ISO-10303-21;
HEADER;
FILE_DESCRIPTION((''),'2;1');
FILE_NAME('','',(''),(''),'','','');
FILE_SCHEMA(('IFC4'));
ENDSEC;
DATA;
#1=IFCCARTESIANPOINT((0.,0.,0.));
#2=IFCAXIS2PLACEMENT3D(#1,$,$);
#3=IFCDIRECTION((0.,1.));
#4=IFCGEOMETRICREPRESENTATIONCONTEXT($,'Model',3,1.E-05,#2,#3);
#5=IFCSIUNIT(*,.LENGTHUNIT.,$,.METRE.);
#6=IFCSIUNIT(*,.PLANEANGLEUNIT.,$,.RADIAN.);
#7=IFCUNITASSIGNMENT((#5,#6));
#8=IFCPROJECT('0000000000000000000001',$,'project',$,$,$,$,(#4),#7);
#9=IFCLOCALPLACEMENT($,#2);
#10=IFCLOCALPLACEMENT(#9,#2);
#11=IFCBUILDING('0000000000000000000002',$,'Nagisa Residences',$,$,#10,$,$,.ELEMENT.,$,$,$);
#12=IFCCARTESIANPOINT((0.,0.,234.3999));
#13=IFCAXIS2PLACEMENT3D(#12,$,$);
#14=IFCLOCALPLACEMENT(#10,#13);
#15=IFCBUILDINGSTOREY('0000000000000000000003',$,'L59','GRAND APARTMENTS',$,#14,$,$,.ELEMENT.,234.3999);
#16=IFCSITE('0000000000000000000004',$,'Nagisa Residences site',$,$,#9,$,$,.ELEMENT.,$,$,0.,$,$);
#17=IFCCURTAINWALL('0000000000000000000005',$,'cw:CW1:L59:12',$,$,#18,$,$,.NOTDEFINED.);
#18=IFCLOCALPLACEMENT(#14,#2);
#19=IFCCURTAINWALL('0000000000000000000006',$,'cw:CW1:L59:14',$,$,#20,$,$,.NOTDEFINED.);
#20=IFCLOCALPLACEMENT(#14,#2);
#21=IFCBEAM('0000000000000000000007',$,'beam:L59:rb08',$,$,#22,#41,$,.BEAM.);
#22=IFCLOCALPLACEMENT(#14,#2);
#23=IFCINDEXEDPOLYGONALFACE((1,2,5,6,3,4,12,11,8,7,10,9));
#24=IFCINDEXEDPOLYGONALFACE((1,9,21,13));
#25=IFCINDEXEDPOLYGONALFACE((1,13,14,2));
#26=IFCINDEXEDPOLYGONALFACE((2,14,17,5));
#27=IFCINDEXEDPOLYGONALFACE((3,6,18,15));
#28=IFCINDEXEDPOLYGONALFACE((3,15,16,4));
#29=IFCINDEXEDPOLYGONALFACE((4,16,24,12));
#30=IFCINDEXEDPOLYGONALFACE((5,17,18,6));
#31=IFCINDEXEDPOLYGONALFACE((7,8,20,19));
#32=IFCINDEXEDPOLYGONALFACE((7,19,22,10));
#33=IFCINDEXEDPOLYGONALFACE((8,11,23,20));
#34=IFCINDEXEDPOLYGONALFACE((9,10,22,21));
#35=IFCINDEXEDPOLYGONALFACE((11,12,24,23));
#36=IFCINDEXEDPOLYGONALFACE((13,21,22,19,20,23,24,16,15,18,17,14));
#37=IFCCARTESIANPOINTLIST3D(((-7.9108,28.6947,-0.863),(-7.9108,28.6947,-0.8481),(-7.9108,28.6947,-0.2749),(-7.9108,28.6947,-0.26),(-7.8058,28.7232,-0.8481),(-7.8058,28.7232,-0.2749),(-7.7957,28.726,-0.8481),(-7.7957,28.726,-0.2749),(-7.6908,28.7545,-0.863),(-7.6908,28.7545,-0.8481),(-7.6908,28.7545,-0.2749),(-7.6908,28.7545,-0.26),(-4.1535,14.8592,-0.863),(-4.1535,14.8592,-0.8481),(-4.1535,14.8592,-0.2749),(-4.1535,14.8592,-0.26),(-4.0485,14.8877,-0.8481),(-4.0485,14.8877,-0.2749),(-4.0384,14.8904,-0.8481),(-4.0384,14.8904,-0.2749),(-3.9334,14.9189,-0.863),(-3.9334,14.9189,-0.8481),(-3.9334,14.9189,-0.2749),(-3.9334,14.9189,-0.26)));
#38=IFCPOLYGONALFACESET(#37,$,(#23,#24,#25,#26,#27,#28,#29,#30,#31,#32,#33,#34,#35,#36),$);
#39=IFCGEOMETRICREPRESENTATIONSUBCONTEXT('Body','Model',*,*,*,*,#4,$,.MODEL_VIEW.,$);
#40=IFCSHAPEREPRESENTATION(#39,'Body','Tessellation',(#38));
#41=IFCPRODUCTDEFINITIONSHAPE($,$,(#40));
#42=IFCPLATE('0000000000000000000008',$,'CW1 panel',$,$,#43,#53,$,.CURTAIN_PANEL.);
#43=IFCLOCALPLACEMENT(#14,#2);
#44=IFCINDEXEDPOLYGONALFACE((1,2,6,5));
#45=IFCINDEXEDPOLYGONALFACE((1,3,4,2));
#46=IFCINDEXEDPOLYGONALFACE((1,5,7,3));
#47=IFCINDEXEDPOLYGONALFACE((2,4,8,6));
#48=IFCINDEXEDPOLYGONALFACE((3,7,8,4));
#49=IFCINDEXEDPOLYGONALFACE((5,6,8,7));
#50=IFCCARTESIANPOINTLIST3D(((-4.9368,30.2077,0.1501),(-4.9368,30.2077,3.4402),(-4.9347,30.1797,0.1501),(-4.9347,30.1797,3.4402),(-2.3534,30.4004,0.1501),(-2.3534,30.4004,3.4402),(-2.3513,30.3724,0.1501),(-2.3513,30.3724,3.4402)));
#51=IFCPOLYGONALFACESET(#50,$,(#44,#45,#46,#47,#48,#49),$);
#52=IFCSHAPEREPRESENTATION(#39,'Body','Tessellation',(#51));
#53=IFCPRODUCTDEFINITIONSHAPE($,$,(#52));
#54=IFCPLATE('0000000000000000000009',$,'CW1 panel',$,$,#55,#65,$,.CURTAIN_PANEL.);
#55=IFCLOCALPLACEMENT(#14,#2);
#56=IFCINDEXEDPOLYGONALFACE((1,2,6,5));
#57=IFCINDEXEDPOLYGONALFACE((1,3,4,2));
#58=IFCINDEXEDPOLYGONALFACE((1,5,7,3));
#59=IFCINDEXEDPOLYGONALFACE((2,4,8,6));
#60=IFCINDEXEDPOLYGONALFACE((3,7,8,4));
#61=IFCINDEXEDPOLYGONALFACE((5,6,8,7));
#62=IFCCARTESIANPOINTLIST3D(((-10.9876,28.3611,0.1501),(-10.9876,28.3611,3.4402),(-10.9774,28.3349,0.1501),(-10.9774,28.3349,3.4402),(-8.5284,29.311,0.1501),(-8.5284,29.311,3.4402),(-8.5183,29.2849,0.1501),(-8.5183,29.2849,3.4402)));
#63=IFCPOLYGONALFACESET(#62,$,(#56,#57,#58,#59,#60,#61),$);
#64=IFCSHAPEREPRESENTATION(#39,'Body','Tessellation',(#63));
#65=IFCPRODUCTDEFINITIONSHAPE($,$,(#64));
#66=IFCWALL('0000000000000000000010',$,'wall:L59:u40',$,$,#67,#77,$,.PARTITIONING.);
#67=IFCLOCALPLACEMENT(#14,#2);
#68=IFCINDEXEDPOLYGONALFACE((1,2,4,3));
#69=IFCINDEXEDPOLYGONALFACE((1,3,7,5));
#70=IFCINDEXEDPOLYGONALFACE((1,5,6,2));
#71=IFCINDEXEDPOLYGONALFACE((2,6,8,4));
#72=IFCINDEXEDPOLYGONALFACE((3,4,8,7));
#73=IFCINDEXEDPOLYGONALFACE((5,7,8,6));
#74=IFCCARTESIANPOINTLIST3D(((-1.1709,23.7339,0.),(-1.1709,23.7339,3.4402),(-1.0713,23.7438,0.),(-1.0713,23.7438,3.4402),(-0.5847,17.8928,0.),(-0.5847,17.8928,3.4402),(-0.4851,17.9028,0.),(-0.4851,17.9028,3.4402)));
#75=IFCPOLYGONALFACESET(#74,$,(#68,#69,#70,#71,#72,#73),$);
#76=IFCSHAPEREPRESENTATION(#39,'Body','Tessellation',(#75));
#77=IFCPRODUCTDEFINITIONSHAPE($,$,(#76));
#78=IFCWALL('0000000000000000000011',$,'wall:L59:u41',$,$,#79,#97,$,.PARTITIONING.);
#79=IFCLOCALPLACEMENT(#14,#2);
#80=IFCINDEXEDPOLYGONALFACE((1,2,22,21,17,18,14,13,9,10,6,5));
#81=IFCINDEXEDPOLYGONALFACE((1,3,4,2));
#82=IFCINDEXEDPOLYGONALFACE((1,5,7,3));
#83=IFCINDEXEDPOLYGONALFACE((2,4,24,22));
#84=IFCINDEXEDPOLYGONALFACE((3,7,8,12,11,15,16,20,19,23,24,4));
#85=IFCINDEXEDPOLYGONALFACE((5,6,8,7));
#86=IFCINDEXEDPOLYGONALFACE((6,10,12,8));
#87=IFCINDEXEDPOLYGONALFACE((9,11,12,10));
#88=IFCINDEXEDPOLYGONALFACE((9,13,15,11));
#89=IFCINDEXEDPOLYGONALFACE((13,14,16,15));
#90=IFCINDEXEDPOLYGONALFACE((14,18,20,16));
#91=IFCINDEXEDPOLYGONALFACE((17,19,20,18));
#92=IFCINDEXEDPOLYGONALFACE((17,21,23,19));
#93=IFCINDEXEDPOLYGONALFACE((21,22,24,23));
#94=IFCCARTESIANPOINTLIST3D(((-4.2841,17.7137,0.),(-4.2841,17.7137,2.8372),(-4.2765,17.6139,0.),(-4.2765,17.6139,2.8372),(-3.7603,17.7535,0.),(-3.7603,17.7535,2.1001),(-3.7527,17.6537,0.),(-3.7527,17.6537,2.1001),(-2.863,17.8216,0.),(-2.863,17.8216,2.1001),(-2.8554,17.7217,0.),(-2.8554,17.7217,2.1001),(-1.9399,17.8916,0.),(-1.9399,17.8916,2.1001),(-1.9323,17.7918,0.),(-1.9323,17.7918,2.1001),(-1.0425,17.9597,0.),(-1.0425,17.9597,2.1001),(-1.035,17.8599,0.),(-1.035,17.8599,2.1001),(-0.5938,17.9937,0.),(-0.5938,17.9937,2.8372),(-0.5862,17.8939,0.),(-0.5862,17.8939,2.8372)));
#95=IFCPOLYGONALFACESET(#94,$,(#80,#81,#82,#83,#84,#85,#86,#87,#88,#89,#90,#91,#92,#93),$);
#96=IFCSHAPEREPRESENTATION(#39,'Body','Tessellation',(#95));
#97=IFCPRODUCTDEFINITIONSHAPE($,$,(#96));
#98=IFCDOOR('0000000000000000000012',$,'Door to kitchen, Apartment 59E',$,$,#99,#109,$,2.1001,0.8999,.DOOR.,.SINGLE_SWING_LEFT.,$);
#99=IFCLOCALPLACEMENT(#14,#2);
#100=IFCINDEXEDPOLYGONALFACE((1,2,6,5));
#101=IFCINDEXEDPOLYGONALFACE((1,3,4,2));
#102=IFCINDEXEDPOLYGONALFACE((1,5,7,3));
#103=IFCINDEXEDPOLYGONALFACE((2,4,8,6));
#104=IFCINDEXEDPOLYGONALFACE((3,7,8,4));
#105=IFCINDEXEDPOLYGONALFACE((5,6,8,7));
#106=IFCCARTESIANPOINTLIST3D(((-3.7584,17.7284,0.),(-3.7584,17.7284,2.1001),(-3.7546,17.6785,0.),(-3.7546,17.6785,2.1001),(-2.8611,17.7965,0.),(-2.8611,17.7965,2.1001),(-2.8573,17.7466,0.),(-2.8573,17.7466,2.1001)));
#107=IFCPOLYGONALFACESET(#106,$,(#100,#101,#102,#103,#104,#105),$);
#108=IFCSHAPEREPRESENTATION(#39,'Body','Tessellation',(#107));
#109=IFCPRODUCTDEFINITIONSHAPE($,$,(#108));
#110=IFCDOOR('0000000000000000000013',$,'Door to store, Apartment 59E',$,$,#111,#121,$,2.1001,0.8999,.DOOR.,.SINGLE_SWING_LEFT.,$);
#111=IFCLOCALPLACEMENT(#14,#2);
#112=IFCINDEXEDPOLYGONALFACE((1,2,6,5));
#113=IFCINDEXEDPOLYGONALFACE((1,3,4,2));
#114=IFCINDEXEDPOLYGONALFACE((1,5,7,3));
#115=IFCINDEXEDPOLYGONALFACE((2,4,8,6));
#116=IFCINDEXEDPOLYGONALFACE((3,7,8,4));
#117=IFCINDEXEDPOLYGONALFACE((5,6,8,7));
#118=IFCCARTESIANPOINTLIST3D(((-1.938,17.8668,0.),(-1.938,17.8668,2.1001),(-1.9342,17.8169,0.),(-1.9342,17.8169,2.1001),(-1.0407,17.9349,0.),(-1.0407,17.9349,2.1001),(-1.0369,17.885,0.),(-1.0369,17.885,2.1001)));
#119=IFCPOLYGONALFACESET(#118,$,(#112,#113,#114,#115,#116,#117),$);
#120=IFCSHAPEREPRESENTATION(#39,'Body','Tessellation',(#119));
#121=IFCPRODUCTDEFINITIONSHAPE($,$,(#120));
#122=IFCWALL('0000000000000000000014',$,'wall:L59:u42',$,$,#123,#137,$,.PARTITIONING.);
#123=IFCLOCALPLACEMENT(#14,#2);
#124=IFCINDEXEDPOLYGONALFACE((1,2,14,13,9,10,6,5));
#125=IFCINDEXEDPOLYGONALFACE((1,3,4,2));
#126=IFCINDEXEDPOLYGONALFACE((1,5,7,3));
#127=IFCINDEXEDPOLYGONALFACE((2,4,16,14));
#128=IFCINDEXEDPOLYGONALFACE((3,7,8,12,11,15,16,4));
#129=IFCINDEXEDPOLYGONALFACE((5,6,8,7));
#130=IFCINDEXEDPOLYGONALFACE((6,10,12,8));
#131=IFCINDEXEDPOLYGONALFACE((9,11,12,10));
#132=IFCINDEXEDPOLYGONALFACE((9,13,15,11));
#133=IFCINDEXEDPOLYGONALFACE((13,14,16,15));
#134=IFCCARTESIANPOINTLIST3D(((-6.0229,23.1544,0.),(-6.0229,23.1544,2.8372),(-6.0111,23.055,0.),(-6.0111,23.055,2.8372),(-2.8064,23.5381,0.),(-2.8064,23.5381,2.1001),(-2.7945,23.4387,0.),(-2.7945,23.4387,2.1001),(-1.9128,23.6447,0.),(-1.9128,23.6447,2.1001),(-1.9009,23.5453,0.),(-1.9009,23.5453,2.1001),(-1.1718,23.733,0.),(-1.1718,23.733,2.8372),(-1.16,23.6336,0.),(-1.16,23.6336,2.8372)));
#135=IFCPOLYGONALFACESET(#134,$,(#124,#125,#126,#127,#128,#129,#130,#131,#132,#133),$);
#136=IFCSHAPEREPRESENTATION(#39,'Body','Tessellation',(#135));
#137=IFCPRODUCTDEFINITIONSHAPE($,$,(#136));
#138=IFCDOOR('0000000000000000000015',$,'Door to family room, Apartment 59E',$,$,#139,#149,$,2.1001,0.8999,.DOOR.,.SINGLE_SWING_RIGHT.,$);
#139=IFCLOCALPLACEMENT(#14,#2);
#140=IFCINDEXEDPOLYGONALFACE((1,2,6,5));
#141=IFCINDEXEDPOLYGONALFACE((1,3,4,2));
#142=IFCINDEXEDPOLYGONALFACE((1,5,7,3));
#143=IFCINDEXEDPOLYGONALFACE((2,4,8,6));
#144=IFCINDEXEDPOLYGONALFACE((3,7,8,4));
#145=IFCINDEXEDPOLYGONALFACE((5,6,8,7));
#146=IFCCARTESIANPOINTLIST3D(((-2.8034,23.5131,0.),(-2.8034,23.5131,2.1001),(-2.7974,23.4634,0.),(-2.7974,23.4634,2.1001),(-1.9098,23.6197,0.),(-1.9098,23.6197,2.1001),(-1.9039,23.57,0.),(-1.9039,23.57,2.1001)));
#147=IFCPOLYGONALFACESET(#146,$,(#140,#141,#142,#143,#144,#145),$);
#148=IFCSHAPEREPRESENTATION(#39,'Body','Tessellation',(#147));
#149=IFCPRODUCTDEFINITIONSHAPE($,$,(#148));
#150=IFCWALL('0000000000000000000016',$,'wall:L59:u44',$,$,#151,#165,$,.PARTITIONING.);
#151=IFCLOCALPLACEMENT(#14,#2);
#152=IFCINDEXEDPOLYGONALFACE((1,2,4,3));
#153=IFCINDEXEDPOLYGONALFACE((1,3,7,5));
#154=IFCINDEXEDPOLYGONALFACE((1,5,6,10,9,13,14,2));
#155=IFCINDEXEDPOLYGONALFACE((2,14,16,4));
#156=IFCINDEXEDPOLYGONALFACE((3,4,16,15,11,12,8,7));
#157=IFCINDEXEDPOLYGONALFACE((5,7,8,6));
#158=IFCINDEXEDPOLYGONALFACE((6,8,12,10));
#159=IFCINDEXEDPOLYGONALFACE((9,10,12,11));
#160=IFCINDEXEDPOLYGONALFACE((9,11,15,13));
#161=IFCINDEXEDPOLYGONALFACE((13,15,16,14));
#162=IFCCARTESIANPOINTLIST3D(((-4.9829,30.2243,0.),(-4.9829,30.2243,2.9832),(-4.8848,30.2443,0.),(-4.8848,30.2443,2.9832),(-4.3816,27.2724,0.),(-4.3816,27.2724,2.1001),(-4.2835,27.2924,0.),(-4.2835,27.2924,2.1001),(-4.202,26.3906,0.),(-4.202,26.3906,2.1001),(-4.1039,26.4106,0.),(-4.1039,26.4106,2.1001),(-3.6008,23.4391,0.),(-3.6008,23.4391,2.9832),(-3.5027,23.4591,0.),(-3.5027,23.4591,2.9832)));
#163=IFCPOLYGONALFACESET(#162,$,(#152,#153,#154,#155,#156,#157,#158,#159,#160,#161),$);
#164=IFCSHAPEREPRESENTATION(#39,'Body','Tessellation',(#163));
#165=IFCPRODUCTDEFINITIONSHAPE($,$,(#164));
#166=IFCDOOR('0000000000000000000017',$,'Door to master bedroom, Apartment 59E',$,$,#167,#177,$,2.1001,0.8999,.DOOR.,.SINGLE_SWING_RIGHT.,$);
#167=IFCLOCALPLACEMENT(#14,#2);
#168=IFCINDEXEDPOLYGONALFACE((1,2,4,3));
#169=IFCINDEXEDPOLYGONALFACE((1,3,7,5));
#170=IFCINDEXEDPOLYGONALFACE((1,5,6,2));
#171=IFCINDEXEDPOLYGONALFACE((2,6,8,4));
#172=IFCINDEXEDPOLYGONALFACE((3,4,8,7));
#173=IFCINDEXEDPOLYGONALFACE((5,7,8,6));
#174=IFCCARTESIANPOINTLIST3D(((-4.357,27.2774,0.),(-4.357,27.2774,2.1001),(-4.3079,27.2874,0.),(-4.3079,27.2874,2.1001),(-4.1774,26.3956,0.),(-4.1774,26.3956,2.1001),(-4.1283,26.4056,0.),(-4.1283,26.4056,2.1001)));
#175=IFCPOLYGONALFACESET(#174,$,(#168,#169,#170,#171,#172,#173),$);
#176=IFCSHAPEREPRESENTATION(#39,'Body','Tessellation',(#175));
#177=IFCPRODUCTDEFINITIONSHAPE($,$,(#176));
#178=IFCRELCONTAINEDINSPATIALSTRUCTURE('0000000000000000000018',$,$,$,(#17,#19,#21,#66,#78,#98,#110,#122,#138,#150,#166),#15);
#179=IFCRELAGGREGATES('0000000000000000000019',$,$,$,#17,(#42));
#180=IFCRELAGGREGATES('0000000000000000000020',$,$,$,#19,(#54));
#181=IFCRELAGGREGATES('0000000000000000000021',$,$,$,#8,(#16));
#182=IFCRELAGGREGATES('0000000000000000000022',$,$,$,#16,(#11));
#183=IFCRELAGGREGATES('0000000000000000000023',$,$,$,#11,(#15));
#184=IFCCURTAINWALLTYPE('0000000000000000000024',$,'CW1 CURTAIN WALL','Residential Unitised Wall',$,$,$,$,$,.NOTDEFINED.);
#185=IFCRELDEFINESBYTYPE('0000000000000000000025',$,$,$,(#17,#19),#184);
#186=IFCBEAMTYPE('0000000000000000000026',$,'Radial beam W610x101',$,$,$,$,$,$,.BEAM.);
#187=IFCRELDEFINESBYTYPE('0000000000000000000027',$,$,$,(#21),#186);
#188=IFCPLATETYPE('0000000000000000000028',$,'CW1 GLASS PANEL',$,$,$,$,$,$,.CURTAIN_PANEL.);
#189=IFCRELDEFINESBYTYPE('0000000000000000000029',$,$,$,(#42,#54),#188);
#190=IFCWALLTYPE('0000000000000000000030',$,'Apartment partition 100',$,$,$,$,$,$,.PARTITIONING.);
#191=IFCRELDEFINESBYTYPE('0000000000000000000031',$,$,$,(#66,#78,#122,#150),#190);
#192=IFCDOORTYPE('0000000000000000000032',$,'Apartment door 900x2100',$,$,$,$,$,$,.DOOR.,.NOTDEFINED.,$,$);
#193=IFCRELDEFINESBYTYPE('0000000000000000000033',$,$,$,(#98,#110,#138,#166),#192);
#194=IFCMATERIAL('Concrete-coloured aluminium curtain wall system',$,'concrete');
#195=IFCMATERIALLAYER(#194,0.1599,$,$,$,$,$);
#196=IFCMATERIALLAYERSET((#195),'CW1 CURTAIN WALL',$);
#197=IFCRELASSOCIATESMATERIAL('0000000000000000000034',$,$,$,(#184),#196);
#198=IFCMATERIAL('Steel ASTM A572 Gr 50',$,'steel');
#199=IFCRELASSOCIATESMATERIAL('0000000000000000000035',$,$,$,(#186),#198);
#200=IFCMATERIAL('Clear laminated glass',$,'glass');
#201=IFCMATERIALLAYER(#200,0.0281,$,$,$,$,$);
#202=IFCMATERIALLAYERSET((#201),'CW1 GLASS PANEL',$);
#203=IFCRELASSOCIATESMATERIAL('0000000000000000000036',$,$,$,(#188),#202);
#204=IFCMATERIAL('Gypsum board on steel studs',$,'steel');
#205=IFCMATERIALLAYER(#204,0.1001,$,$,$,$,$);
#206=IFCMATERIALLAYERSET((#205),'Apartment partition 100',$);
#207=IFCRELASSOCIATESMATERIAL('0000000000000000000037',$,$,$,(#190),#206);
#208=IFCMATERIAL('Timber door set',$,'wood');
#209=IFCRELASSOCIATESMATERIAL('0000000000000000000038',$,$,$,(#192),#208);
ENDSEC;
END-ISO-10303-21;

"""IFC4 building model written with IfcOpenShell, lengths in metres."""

from ifc_helpers import new_model, si_unit, direction, frame, frame_2d, origin, origin_2d, place, context, subcontext, project, spatial, rectangle, i_section, extrude, material, layer, layer_set, material_profile, profile_set, type_object, element, fill, aggregate, save


model = new_model("IFC4")

# Units and contexts
model_context = context("Model", 3, precision=1e-05, world=origin(), true_north=direction((0.0, 1.0)))
body_context = subcontext(model_context, "Body", "Model", "MODEL_VIEW")
ifc_project = project(units=[si_unit("LENGTHUNIT", "METRE"), si_unit("PLANEANGLEUNIT", "RADIAN")], contexts=[model_context])

# Site, building, storey
site_placement = place(None, origin())
site = spatial("IfcSite", under=ifc_project, at=site_placement, Name="Nagisa Residences site", CompositionType="ELEMENT", RefElevation=0.0)
building_placement = place(site_placement, origin())
building = spatial("IfcBuilding", under=site, at=building_placement, Name="Nagisa Residences", CompositionType="ELEMENT")
storey_placement = place(building_placement, frame((0.0, 0.0, 234.3999)))
storey = spatial("IfcBuildingStorey", under=building, at=storey_placement, Name="L59", Description="GRAND APARTMENTS", CompositionType="ELEMENT", Elevation=234.3999)

# Curtain walls
ifc_material_1 = material(Name="Concrete-coloured aluminium curtain wall system", Category="concrete")
ifc_layer_1 = layer(ifc_material_1, 0.1599)
ifc_layer_set_1 = layer_set([ifc_layer_1], Name="CW1 CURTAIN WALL")
curtain_wall_type = type_object("IfcCurtainWallType", Name="CW1 CURTAIN WALL", Description="Residential Unitised Wall", PredefinedType="NOTDEFINED", material=ifc_layer_set_1)
curtain_wall_1_placement = place(storey_placement, origin())
curtain_wall_1 = element("IfcCurtainWall", 1, at=curtain_wall_1_placement, inside=storey, type_object=curtain_wall_type, Name="cw:CW1:L59:12", PredefinedType="NOTDEFINED")
curtain_wall_2_placement = place(storey_placement, origin())
curtain_wall_2 = element("IfcCurtainWall", 2, at=curtain_wall_2_placement, inside=storey, type_object=curtain_wall_type, Name="cw:CW1:L59:14", PredefinedType="NOTDEFINED")

# Beam
ifc_material_2 = material(Name="Steel ASTM A572 Gr 50", Category="steel")
ifc_material_profile_1 = material_profile(ifc_material_2, i_section(OverallWidth=0.228, OverallDepth=0.603, WebThickness=0.0105, FlangeThickness=0.0149, at=origin_2d()), Name="W610x101")
ifc_profile_set_1 = profile_set([ifc_material_profile_1], Name="Steel ASTM A572 Gr 50")
beam_type_1 = type_object("IfcBeamType", Name="Radial beam W610x101", PredefinedType="BEAM", material=ifc_profile_set_1)
beam_1_placement = place(storey_placement, frame((-7.8008, 28.7246, -0.5615), z_axis=(0.26208, -0.965046, 0.0), x_axis=(0.965046, 0.26208, 0.0)))
element("IfcBeam", 3, at=beam_1_placement, inside=storey, type_object=beam_type_1, Name="beam:L59:rb08", PredefinedType="BEAM", context=body_context, shape_type="SweptSolid", body=[
    extrude(i_section(OverallWidth=0.228, OverallDepth=0.603, WebThickness=0.0105, FlangeThickness=0.0149, at=origin_2d()), origin(), (0.0, 0.0, 1.0), 14.3367),
])

# Plates
ifc_material_3 = material(Name="Clear laminated glass", Category="glass")
ifc_layer_2 = layer(ifc_material_3, 0.0281)
ifc_layer_set_2 = layer_set([ifc_layer_2], Name="CW1 GLASS PANEL")
plate_type = type_object("IfcPlateType", Name="CW1 GLASS PANEL", PredefinedType="CURTAIN_PANEL", material=ifc_layer_set_2)
plate_1_placement = place(storey_placement, frame((-3.644, 30.29, 0.1501), z_axis=(0.0, 0.0, 1.0), x_axis=(-0.99723, -0.074377, 0.0)))
plate_1 = element("IfcPlate", 4, at=plate_1_placement, type_object=plate_type, Name="CW1 panel", PredefinedType="CURTAIN_PANEL", context=body_context, shape_type="SweptSolid", body=[
    extrude(rectangle(XDim=2.5906, YDim=0.0281, at=origin_2d()), origin(), (0.0, 0.0, 1.0), 3.29),
])
aggregate(curtain_wall_1, [plate_1])
plate_2_placement = place(storey_placement, frame((-9.7529, 28.823, 0.1501), z_axis=(0.0, 0.0, 1.0), x_axis=(-0.932826, -0.360328, 0.0)))
plate_2 = element("IfcPlate", 5, at=plate_2_placement, type_object=plate_type, Name="CW1 panel", PredefinedType="CURTAIN_PANEL", context=body_context, shape_type="SweptSolid", body=[
    extrude(rectangle(XDim=2.6362, YDim=0.0281, at=origin_2d()), origin(), (0.0, 0.0, 1.0), 3.29),
])
aggregate(curtain_wall_2, [plate_2])

# Wall
ifc_material_4 = material(Name="Gypsum board on steel studs", Category="steel")
ifc_layer_3 = layer(ifc_material_4, 0.1001)
ifc_layer_set_3 = layer_set([ifc_layer_3], Name="Apartment partition 100")
wall_type_1 = type_object("IfcWallType", Name="Apartment partition 100", PredefinedType="PARTITIONING", material=ifc_layer_set_3)
wall_1_placement = place(storey_placement, frame((-0.5349, 17.8979, 0.0), z_axis=(0.0, 0.0, 1.0), x_axis=(-0.099854, 0.995002, 0.0)))
element("IfcWall", 6, at=wall_1_placement, inside=storey, type_object=wall_type_1, Name="wall:L59:u40", PredefinedType="PARTITIONING", context=body_context, shape_type="SweptSolid", body=[
    extrude(rectangle(XDim=5.8704, YDim=0.1001, at=frame_2d((2.9351, 0.0))), origin(), (0.0, 0.0, 1.0), 3.4402),
])

# Wall, openings, doors
wall_2_placement = place(storey_placement, frame((-0.5898, 17.9438, 0.0), z_axis=(0.0, 0.0, 1.0), x_axis=(-0.997133, -0.075662, 0.0)))
wall_2 = element("IfcWall", 7, at=wall_2_placement, inside=storey, type_object=wall_type_1, Name="wall:L59:u41", PredefinedType="PARTITIONING", context=body_context, shape_type="SweptSolid", body=[
    extrude(rectangle(XDim=3.7009, YDim=0.1001, at=frame_2d((1.8506, 0.0))), origin(), (0.0, 0.0, 1.0), 2.8372),
])
opening_1_placement = place(wall_2_placement, frame((2.2759, 0.0, 0.0)))
opening_1 = element("IfcOpeningElement", 8, at=opening_1_placement, cuts=wall_2, PredefinedType="OPENING", context=body_context, shape_type="SweptSolid", body=[
    extrude(rectangle(XDim=0.8999, YDim=2.1001, at=frame_2d((0.45, 1.05))), frame((0.0, 0.0601, 0.0), z_axis=(0.0, -1.0, 0.0), x_axis=(1.0, 0.0, 0.0)), (0.0, 0.0, 1.0), 0.1201),
])
opening_2_placement = place(wall_2_placement, frame((0.4502, 0.0, 0.0)))
opening_2 = element("IfcOpeningElement", 9, at=opening_2_placement, cuts=wall_2, PredefinedType="OPENING", context=body_context, shape_type="SweptSolid", body=[
    extrude(rectangle(XDim=0.8999, YDim=2.1001, at=frame_2d((0.45, 1.05))), frame((0.0, 0.0601, 0.0), z_axis=(0.0, -1.0, 0.0), x_axis=(1.0, 0.0, 0.0)), (0.0, 0.0, 1.0), 0.1201),
])
ifc_material_5 = material(Name="Timber door set", Category="wood")
door_type_1 = type_object("IfcDoorType", Name="Apartment door 900x2100", OperationType="NOTDEFINED", PredefinedType="DOOR", material=ifc_material_5)
door_1_placement = place(opening_1_placement, frame((0.8999, 0.0, 0.0), x_axis=(-1.0, 0.0, 0.0)))
door_1 = element("IfcDoor", 10, at=door_1_placement, inside=storey, type_object=door_type_1, Name="Door to kitchen, Apartment 59E", OperationType="SINGLE_SWING_LEFT", OverallHeight=2.1001, OverallWidth=0.8999, PredefinedType="DOOR", context=body_context, shape_type="SweptSolid", body=[
    extrude(rectangle(XDim=0.8999, YDim=2.1001, at=frame_2d((0.45, 1.05))), frame((0.0, 0.0249, 0.0), z_axis=(0.0, -1.0, 0.0), x_axis=(1.0, 0.0, 0.0)), (0.0, 0.0, 1.0), 0.05),
])
fill(opening_1, door_1)
door_2_placement = place(opening_2_placement, origin())
door_2 = element("IfcDoor", 11, at=door_2_placement, inside=storey, type_object=door_type_1, Name="Door to store, Apartment 59E", OperationType="SINGLE_SWING_LEFT", OverallHeight=2.1001, OverallWidth=0.8999, PredefinedType="DOOR", context=body_context, shape_type="SweptSolid", body=[
    extrude(rectangle(XDim=0.8999, YDim=2.1001, at=frame_2d((0.45, 1.05))), frame((0.0, 0.0249, 0.0), z_axis=(0.0, -1.0, 0.0), x_axis=(1.0, 0.0, 0.0)), (0.0, 0.0, 1.0), 0.05),
])
fill(opening_2, door_2)

# Walls, openings, doors
wall_3_placement = place(storey_placement, frame((-1.1658, 23.6833, 0.0), z_axis=(0.0, 0.0, 1.0), x_axis=(-0.992962, -0.118436, 0.0)))
wall_3 = element("IfcWall", 12, at=wall_3_placement, inside=storey, type_object=wall_type_1, Name="wall:L59:u42", PredefinedType="PARTITIONING", context=body_context, shape_type="SweptSolid", body=[
    extrude(rectangle(XDim=4.8855, YDim=0.1001, at=frame_2d((2.4429, 0.0))), origin(), (0.0, 0.0, 1.0), 2.8372),
])
opening_3_placement = place(wall_3_placement, frame((0.7463, 0.0, 0.0)))
opening_3 = element("IfcOpeningElement", 13, at=opening_3_placement, cuts=wall_3, PredefinedType="OPENING", context=body_context, shape_type="SweptSolid", body=[
    extrude(rectangle(XDim=0.8999, YDim=2.1001, at=frame_2d((0.45, 1.05))), frame((0.0, 0.0601, 0.0), z_axis=(0.0, -1.0, 0.0), x_axis=(1.0, 0.0, 0.0)), (0.0, 0.0, 1.0), 0.1201),
])
door_3_placement = place(opening_3_placement, frame((0.8999, 0.0, 0.0), x_axis=(-1.0, 0.0, 0.0)))
door_3 = element("IfcDoor", 14, at=door_3_placement, inside=storey, type_object=door_type_1, Name="Door to family room, Apartment 59E", OperationType="SINGLE_SWING_RIGHT", OverallHeight=2.1001, OverallWidth=0.8999, PredefinedType="DOOR", context=body_context, shape_type="SweptSolid", body=[
    extrude(rectangle(XDim=0.8999, YDim=2.1001, at=frame_2d((0.45, 1.05))), frame((0.0, 0.0249, 0.0), z_axis=(0.0, -1.0, 0.0), x_axis=(1.0, 0.0, 0.0)), (0.0, 0.0, 1.0), 0.05),
])
fill(opening_3, door_3)
wall_4_placement = place(storey_placement, frame((-3.5518, 23.449, 0.0), z_axis=(0.0, 0.0, 1.0), x_axis=(-0.199593, 0.979879, 0.0)))
wall_4 = element("IfcWall", 15, at=wall_4_placement, inside=storey, type_object=wall_type_1, Name="wall:L59:u44", PredefinedType="PARTITIONING", context=body_context, shape_type="SweptSolid", body=[
    extrude(rectangle(XDim=6.9246, YDim=0.1001, at=frame_2d((3.4624, 0.0))), origin(), (0.0, 0.0, 1.0), 2.9832),
])
opening_4_placement = place(wall_4_placement, frame((3.0122, 0.0, 0.0)))
opening_4 = element("IfcOpeningElement", 16, at=opening_4_placement, cuts=wall_4, PredefinedType="OPENING", context=body_context, shape_type="SweptSolid", body=[
    extrude(rectangle(XDim=0.8999, YDim=2.1001, at=frame_2d((0.45, 1.05))), frame((0.0, 0.0601, 0.0), z_axis=(0.0, -1.0, 0.0), x_axis=(1.0, 0.0, 0.0)), (0.0, 0.0, 1.0), 0.1201),
])
door_4_placement = place(opening_4_placement, origin())
door_4 = element("IfcDoor", 17, at=door_4_placement, inside=storey, type_object=door_type_1, Name="Door to master bedroom, Apartment 59E", OperationType="SINGLE_SWING_RIGHT", OverallHeight=2.1001, OverallWidth=0.8999, PredefinedType="DOOR", context=body_context, shape_type="SweptSolid", body=[
    extrude(rectangle(XDim=0.8999, YDim=2.1001, at=frame_2d((0.45, 1.05))), frame((0.0, 0.0249, 0.0), z_axis=(0.0, -1.0, 0.0), x_axis=(1.0, 0.0, 0.0)), (0.0, 0.0, 1.0), 0.05),
])
fill(opening_4, door_4)

save(model, "model.ifc")
